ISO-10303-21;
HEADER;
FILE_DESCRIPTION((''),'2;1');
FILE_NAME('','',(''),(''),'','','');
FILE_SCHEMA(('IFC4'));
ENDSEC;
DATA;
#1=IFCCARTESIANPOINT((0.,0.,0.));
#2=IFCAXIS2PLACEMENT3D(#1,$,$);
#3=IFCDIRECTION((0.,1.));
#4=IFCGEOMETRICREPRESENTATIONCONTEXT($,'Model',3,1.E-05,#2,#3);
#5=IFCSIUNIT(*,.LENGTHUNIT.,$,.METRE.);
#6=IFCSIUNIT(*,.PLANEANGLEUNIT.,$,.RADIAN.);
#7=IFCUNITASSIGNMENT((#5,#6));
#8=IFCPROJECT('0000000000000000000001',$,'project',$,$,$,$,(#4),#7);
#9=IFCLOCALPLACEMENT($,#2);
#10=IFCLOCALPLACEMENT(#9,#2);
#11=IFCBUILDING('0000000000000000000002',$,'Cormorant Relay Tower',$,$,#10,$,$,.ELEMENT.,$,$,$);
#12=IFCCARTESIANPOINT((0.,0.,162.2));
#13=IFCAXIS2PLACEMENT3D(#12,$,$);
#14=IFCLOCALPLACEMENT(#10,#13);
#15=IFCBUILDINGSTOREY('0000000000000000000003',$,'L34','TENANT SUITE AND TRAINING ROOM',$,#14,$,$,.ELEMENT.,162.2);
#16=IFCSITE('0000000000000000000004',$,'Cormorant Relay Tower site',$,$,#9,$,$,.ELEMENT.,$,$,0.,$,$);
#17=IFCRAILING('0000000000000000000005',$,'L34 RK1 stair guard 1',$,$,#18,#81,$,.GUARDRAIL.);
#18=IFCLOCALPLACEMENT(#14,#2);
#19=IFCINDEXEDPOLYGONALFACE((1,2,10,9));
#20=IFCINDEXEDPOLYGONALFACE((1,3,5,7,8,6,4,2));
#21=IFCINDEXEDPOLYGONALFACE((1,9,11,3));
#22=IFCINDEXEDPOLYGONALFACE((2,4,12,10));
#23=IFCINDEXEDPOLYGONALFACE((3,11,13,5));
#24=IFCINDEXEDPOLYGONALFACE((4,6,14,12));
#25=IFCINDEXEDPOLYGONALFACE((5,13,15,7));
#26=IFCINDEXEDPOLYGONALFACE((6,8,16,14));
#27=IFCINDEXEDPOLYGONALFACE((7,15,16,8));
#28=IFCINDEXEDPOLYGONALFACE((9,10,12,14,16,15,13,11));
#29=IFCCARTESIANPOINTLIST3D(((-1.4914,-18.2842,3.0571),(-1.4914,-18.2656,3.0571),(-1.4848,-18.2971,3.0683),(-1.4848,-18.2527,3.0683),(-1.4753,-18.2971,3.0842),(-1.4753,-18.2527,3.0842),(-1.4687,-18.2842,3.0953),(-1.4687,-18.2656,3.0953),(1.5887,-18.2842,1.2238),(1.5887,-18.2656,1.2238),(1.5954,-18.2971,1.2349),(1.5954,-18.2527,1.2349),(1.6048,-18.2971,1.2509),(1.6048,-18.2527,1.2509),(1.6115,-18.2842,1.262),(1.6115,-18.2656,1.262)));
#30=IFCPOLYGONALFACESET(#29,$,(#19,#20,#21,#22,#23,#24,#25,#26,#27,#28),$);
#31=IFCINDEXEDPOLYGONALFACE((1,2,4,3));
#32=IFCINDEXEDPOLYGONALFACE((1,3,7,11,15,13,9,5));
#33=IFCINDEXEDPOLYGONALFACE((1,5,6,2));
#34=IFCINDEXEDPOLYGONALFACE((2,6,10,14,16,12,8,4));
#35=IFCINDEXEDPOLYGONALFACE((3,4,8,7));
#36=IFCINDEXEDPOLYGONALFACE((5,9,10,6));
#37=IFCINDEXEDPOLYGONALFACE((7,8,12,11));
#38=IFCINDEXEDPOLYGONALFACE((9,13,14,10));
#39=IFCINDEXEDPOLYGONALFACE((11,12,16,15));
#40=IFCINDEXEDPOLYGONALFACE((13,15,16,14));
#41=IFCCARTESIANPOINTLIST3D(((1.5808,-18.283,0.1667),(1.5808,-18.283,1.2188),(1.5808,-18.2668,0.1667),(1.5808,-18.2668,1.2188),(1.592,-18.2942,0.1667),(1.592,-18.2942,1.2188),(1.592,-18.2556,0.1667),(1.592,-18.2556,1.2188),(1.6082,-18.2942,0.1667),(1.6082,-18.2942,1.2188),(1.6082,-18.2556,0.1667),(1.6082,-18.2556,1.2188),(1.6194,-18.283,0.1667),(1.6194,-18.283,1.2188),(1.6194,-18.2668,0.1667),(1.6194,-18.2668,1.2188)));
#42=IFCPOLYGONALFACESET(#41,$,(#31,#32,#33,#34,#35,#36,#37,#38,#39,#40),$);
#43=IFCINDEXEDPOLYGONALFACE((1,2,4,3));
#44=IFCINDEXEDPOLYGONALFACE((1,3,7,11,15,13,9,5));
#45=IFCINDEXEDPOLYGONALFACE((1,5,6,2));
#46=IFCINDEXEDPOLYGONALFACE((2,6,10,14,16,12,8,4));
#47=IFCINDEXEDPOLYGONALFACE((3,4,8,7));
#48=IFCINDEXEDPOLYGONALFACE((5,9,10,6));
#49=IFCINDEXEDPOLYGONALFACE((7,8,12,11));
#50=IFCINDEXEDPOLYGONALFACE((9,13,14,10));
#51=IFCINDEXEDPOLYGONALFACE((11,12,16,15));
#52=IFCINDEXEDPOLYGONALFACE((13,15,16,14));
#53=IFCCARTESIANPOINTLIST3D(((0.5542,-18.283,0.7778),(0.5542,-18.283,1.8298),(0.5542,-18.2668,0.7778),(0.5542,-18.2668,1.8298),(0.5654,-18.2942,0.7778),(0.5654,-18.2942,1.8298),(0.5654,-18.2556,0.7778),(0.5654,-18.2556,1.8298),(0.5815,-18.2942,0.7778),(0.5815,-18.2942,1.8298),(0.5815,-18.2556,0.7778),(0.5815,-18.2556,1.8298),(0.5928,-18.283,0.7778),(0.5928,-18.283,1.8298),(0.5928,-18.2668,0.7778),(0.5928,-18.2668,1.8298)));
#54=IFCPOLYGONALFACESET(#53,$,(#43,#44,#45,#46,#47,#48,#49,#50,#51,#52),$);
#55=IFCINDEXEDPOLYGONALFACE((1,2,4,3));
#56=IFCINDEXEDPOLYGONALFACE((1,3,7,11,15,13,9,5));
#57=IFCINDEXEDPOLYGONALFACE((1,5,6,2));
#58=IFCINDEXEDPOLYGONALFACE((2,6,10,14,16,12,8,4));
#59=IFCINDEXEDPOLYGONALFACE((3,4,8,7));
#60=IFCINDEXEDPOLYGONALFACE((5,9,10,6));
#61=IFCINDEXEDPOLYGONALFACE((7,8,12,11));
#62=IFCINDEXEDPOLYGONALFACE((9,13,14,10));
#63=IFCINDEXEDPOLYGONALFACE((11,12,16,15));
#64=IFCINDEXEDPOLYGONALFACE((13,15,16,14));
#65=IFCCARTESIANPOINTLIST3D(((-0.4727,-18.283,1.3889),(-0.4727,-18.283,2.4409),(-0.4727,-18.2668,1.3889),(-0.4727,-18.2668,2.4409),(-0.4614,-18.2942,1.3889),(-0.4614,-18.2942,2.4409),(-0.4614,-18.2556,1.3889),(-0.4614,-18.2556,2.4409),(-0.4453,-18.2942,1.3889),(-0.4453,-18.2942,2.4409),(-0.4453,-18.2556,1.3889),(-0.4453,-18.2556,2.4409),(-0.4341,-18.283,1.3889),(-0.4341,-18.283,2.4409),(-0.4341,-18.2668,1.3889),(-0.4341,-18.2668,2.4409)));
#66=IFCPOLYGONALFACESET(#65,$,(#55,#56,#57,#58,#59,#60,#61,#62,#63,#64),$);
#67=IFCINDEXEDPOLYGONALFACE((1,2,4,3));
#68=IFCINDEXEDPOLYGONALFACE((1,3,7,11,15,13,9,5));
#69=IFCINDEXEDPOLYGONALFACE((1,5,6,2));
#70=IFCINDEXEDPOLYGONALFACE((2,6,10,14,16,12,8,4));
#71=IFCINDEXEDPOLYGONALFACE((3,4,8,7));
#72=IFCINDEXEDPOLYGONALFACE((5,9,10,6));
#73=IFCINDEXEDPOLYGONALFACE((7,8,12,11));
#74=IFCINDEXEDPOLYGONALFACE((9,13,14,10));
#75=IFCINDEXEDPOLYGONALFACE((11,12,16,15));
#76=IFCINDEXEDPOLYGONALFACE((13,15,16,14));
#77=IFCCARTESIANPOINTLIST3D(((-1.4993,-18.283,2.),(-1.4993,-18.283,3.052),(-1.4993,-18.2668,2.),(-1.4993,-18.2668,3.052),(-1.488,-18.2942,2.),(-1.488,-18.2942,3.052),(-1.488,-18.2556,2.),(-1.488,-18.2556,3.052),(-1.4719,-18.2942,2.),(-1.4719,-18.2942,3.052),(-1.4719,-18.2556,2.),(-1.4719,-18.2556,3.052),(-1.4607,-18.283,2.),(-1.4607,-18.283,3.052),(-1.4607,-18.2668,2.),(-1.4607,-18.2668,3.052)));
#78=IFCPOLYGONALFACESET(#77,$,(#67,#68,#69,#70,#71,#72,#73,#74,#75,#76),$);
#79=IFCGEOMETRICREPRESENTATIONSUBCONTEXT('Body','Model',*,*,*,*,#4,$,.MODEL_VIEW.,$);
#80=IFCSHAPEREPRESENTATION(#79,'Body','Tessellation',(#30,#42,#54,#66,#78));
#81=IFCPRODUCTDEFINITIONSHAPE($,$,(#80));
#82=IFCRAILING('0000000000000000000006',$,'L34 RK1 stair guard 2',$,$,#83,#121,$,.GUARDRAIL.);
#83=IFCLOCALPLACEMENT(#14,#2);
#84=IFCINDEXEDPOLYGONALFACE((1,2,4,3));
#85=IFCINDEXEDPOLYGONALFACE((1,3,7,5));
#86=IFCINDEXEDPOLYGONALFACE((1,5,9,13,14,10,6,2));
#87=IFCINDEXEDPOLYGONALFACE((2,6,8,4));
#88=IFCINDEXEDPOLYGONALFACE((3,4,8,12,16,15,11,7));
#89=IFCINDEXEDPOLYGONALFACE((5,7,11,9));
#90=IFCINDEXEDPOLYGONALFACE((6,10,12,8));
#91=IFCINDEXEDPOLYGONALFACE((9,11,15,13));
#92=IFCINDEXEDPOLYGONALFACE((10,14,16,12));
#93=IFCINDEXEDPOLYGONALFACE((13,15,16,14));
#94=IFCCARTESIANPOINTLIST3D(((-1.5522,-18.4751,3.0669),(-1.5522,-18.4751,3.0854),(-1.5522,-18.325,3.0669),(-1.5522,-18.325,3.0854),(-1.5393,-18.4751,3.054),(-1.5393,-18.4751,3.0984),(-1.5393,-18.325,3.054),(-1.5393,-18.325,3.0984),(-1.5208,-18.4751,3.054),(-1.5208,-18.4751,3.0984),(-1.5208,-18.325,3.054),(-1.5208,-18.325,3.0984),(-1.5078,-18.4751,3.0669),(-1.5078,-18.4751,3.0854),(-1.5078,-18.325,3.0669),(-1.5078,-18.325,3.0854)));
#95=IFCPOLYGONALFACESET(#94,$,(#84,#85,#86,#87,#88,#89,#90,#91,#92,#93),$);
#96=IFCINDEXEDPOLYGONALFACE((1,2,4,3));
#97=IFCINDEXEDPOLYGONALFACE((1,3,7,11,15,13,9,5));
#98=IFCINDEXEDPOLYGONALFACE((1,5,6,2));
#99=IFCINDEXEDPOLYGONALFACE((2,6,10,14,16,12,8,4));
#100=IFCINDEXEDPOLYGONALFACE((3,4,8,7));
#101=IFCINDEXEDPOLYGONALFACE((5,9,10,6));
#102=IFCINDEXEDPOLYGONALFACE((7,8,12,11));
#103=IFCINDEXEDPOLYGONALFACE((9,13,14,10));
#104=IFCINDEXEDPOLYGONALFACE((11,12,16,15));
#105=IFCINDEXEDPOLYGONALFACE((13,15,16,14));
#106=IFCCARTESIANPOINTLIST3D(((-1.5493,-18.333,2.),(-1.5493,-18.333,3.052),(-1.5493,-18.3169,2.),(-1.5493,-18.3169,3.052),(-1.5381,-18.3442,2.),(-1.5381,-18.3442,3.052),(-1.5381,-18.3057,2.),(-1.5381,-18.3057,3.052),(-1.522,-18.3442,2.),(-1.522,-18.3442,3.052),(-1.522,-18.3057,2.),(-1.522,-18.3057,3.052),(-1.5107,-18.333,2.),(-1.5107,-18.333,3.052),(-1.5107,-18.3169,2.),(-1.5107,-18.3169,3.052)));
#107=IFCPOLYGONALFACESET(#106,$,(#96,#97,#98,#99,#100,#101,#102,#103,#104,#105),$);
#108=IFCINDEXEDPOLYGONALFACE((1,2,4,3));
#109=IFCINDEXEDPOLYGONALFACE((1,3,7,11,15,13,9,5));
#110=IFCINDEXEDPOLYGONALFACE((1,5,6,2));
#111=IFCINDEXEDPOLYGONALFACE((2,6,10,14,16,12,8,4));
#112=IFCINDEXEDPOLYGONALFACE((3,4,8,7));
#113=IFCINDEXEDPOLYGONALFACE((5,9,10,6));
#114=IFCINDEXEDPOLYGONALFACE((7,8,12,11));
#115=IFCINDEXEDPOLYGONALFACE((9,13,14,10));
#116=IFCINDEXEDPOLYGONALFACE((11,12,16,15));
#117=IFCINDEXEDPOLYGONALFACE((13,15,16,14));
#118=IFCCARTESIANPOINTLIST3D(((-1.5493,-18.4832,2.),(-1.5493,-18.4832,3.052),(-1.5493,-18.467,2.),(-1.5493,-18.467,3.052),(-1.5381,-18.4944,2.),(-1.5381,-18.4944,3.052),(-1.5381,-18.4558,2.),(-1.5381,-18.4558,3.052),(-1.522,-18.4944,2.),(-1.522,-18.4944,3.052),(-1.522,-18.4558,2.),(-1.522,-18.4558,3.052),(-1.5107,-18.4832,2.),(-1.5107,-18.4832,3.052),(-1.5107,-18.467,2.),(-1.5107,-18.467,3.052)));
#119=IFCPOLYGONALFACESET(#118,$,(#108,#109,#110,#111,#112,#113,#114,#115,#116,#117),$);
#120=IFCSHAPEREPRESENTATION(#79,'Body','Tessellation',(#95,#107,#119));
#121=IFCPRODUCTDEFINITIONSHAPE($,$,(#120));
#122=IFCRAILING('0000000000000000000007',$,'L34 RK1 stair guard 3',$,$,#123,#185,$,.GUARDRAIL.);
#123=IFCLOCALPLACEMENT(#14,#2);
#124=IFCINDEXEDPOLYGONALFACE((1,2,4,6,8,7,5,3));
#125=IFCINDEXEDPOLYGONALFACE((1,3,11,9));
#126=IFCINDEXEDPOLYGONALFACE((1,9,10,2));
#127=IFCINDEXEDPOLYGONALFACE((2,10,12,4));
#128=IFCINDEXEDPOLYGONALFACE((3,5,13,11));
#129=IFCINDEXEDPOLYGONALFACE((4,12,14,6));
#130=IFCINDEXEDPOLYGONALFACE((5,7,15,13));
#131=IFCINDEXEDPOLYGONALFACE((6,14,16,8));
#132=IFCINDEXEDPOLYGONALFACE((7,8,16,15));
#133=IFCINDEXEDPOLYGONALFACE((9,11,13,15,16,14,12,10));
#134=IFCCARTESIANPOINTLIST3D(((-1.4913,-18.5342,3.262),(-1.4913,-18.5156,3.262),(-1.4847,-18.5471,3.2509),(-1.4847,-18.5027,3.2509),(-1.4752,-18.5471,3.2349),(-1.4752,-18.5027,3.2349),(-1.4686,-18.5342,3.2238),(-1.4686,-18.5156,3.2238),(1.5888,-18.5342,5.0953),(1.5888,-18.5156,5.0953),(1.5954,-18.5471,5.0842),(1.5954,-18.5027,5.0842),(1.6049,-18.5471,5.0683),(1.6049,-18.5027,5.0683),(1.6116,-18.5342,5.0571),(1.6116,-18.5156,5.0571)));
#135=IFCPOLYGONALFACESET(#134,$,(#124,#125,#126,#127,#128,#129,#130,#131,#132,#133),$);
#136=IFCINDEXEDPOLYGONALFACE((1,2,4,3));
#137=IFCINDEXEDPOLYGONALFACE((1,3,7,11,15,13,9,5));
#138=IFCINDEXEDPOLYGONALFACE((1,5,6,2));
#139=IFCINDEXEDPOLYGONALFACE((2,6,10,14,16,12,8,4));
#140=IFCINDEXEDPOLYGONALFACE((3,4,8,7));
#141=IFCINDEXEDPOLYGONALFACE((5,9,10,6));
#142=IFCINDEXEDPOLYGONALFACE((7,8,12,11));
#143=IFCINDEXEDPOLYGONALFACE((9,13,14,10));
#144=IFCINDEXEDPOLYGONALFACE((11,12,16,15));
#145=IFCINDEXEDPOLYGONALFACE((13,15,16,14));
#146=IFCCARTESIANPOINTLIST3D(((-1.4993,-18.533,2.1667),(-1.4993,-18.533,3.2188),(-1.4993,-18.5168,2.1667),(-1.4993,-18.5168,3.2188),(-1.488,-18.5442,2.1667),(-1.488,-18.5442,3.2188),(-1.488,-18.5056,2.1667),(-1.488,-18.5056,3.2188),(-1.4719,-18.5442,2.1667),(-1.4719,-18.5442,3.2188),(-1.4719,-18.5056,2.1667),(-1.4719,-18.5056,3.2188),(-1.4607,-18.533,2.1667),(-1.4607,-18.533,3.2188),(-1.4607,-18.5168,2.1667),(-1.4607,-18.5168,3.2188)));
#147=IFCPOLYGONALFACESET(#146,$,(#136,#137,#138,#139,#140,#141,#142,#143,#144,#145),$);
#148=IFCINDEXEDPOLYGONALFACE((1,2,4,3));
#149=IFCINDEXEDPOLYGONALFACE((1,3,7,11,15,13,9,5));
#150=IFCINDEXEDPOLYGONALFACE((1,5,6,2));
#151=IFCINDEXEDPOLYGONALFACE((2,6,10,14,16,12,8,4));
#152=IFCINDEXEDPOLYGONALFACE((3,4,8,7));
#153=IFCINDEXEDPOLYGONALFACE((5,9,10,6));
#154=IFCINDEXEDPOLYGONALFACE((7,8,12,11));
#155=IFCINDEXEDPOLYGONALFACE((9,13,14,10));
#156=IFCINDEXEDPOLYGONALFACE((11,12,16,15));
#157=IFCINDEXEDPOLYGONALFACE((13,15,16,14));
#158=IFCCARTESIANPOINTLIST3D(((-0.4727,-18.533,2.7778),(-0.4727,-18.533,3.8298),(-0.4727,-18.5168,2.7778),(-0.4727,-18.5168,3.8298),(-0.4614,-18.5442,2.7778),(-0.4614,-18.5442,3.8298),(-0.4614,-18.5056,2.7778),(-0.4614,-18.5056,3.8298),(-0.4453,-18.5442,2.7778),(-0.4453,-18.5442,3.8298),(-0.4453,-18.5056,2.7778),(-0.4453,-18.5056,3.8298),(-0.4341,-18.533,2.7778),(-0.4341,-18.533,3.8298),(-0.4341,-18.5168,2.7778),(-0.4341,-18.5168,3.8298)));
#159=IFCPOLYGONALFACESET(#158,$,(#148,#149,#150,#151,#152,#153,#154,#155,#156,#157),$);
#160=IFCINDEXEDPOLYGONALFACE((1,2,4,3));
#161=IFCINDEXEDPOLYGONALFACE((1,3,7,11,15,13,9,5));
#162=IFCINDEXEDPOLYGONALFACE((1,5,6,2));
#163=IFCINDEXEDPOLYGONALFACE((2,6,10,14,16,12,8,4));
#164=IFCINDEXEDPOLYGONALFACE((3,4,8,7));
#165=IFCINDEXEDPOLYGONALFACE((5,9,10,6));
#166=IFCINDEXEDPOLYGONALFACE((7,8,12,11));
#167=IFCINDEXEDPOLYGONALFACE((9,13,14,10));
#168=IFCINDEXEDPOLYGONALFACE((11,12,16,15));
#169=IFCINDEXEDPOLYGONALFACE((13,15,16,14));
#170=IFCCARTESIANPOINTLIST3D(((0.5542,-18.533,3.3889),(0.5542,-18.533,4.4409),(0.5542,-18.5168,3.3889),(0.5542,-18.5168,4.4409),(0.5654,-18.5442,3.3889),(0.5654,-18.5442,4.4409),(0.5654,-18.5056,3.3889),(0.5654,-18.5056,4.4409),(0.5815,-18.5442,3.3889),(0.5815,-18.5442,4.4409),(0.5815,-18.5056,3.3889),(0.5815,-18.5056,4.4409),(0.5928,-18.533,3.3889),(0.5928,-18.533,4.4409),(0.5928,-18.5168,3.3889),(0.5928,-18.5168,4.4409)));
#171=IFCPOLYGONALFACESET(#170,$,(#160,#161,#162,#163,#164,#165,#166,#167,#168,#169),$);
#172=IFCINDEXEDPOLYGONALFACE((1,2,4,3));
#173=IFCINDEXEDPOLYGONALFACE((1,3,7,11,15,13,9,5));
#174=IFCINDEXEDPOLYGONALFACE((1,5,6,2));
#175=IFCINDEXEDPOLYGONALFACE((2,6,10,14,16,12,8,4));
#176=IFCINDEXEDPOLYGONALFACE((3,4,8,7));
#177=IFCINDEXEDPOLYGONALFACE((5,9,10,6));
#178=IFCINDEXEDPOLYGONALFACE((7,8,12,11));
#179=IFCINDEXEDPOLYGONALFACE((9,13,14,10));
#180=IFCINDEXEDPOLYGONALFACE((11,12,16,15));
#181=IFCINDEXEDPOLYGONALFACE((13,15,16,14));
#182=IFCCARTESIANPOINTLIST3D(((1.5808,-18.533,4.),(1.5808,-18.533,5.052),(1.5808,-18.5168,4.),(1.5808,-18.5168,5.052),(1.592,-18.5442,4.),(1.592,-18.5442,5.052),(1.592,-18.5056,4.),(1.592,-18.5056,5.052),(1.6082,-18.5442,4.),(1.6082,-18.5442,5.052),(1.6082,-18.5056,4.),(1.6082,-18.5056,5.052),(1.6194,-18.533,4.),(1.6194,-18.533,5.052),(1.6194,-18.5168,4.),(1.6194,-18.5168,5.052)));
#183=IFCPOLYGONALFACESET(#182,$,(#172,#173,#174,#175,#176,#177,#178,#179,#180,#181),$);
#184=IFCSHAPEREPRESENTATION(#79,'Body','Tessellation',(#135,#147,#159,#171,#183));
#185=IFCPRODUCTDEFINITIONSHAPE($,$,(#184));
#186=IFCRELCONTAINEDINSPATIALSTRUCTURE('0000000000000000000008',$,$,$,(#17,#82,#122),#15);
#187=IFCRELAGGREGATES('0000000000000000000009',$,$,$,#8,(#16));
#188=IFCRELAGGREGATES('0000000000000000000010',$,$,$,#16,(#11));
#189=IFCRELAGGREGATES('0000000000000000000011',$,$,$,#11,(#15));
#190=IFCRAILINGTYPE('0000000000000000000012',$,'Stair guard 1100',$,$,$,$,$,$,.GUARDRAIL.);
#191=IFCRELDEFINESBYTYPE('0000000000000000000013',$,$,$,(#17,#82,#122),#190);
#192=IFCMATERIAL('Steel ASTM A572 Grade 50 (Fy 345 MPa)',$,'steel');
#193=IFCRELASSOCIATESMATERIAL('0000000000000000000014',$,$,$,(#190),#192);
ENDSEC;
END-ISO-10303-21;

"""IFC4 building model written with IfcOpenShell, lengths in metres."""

from ifc_helpers import new_model, si_unit, direction, frame, origin, place, context, subcontext, project, spatial, polyline, outline, extrude, material, type_object, element, save


model = new_model("IFC4")

# Units and contexts
model_context = context("Model", 3, precision=1e-05, world=origin(), true_north=direction((0.0, 1.0)))
body_context = subcontext(model_context, "Body", "Model", "MODEL_VIEW")
ifc_project = project(units=[si_unit("LENGTHUNIT", "METRE"), si_unit("PLANEANGLEUNIT", "RADIAN")], contexts=[model_context])

# Site, building, storey
site_placement = place(None, origin())
site = spatial("IfcSite", under=ifc_project, at=site_placement, Name="Cormorant Relay Tower site", CompositionType="ELEMENT", RefElevation=0.0)
building_placement = place(site_placement, origin())
building = spatial("IfcBuilding", under=site, at=building_placement, Name="Cormorant Relay Tower", CompositionType="ELEMENT")
storey_placement = place(building_placement, frame((0.0, 0.0, 162.2)))
storey = spatial("IfcBuildingStorey", under=building, at=storey_placement, Name="L34", Description="TENANT SUITE AND TRAINING ROOM", CompositionType="ELEMENT", Elevation=162.2)

# Railings
ifc_material_1 = material(Name="Steel ASTM A572 Grade 50 (Fy 345 MPa)", Category="steel")
railing_type_1 = type_object("IfcRailingType", Name="Stair guard 1100", PredefinedType="GUARDRAIL", material=ifc_material_1)
railing_1_placement = place(storey_placement, frame((1.6001, -18.2749, 0.1667)))
element("IfcRailing", 1, at=railing_1_placement, inside=storey, type_object=railing_type_1, Name="L34 RK1 stair guard 1", PredefinedType="GUARDRAIL", context=body_context, shape_type="SweptSolid", body=[
    extrude(outline(polyline([(0.0222, 0.0093), (0.0093, 0.0222), (-0.0093, 0.0222), (-0.0222, 0.0093), (-0.0222, -0.0093), (-0.0093, -0.0222), (0.0093, -0.0222), (0.0222, -0.0093), (0.0222, 0.0093)])), frame((0.0, 0.0, 1.0762), z_axis=(-0.859309, 0.0, 0.511458), x_axis=(0.0, -1.0, 0.0)), (0.0, 0.0, 1.0), 3.5845),
    extrude(outline(polyline([(0.0193, 0.0081), (0.0081, 0.0193), (-0.0081, 0.0193), (-0.0193, 0.0081), (-0.0193, -0.0081), (-0.0081, -0.0193), (0.0081, -0.0193), (0.0193, -0.0081), (0.0193, 0.0081)])), origin(), (0.0, 0.0, 1.0), 1.052),
    extrude(outline(polyline([(0.0193, 0.0081), (0.0081, 0.0193), (-0.0081, 0.0193), (-0.0193, 0.0081), (-0.0193, -0.0081), (-0.0081, -0.0193), (0.0081, -0.0193), (0.0193, -0.0081), (0.0193, 0.0081)])), frame((-1.0266, 0.0, 0.6111)), (0.0, 0.0, 1.0), 1.052),
    extrude(outline(polyline([(0.0193, 0.0081), (0.0081, 0.0193), (-0.0081, 0.0193), (-0.0193, 0.0081), (-0.0193, -0.0081), (-0.0081, -0.0193), (0.0081, -0.0193), (0.0193, -0.0081), (0.0193, 0.0081)])), frame((-2.0535, 0.0, 1.2222)), (0.0, 0.0, 1.0), 1.052),
    extrude(outline(polyline([(0.0193, 0.0081), (0.0081, 0.0193), (-0.0081, 0.0193), (-0.0193, 0.0081), (-0.0193, -0.0081), (-0.0081, -0.0193), (0.0081, -0.0193), (0.0193, -0.0081), (0.0193, 0.0081)])), frame((-3.0801, 0.0, 1.8333)), (0.0, 0.0, 1.0), 1.052),
])
railing_2_placement = place(storey_placement, frame((-1.53, -18.325, 2.0)))
element("IfcRailing", 2, at=railing_2_placement, inside=storey, type_object=railing_type_1, Name="L34 RK1 stair guard 2", PredefinedType="GUARDRAIL", context=body_context, shape_type="SweptSolid", body=[
    extrude(outline(polyline([(0.0222, 0.0093), (0.0093, 0.0222), (-0.0093, 0.0222), (-0.0222, 0.0093), (-0.0222, -0.0093), (-0.0093, -0.0222), (0.0093, -0.0222), (0.0222, -0.0093), (0.0222, 0.0093)])), frame((0.0, 0.0, 1.0762), z_axis=(0.0, -1.0, 0.0), x_axis=(1.0, 0.0, 0.0)), (0.0, 0.0, 1.0), 0.1501),
    extrude(outline(polyline([(0.0193, 0.0081), (0.0081, 0.0193), (-0.0081, 0.0193), (-0.0193, 0.0081), (-0.0193, -0.0081), (-0.0081, -0.0193), (0.0081, -0.0193), (0.0193, -0.0081), (0.0193, 0.0081)])), origin(), (0.0, 0.0, 1.0), 1.052),
    extrude(outline(polyline([(0.0193, 0.0081), (0.0081, 0.0193), (-0.0081, 0.0193), (-0.0193, 0.0081), (-0.0193, -0.0081), (-0.0081, -0.0193), (0.0081, -0.0193), (0.0193, -0.0081), (0.0193, 0.0081)])), frame((0.0, -0.1501, 0.0)), (0.0, 0.0, 1.0), 1.052),
])
railing_3_placement = place(storey_placement, frame((-1.48, -18.5249, 2.1667)))
element("IfcRailing", 3, at=railing_3_placement, inside=storey, type_object=railing_type_1, Name="L34 RK1 stair guard 3", PredefinedType="GUARDRAIL", context=body_context, shape_type="SweptSolid", body=[
    extrude(outline(polyline([(0.0222, 0.0093), (0.0093, 0.0222), (-0.0093, 0.0222), (-0.0222, 0.0093), (-0.0222, -0.0093), (-0.0093, -0.0222), (0.0093, -0.0222), (0.0222, -0.0093), (0.0222, 0.0093)])), frame((0.0, 0.0, 1.0762), z_axis=(0.859309, 0.0, 0.511458), x_axis=(0.0, 1.0, 0.0)), (0.0, 0.0, 1.0), 3.5845),
    extrude(outline(polyline([(0.0193, 0.0081), (0.0081, 0.0193), (-0.0081, 0.0193), (-0.0193, 0.0081), (-0.0193, -0.0081), (-0.0081, -0.0193), (0.0081, -0.0193), (0.0193, -0.0081), (0.0193, 0.0081)])), origin(), (0.0, 0.0, 1.0), 1.052),
    extrude(outline(polyline([(0.0193, 0.0081), (0.0081, 0.0193), (-0.0081, 0.0193), (-0.0193, 0.0081), (-0.0193, -0.0081), (-0.0081, -0.0193), (0.0081, -0.0193), (0.0193, -0.0081), (0.0193, 0.0081)])), frame((1.0266, 0.0, 0.6111)), (0.0, 0.0, 1.0), 1.052),
    extrude(outline(polyline([(0.0193, 0.0081), (0.0081, 0.0193), (-0.0081, 0.0193), (-0.0193, 0.0081), (-0.0193, -0.0081), (-0.0081, -0.0193), (0.0081, -0.0193), (0.0193, -0.0081), (0.0193, 0.0081)])), frame((2.0535, 0.0, 1.2222)), (0.0, 0.0, 1.0), 1.052),
    extrude(outline(polyline([(0.0193, 0.0081), (0.0081, 0.0193), (-0.0081, 0.0193), (-0.0193, 0.0081), (-0.0193, -0.0081), (-0.0081, -0.0193), (0.0081, -0.0193), (0.0193, -0.0081), (0.0193, 0.0081)])), frame((3.0801, 0.0, 1.8333)), (0.0, 0.0, 1.0), 1.052),
])

save(model, "model.ifc")
